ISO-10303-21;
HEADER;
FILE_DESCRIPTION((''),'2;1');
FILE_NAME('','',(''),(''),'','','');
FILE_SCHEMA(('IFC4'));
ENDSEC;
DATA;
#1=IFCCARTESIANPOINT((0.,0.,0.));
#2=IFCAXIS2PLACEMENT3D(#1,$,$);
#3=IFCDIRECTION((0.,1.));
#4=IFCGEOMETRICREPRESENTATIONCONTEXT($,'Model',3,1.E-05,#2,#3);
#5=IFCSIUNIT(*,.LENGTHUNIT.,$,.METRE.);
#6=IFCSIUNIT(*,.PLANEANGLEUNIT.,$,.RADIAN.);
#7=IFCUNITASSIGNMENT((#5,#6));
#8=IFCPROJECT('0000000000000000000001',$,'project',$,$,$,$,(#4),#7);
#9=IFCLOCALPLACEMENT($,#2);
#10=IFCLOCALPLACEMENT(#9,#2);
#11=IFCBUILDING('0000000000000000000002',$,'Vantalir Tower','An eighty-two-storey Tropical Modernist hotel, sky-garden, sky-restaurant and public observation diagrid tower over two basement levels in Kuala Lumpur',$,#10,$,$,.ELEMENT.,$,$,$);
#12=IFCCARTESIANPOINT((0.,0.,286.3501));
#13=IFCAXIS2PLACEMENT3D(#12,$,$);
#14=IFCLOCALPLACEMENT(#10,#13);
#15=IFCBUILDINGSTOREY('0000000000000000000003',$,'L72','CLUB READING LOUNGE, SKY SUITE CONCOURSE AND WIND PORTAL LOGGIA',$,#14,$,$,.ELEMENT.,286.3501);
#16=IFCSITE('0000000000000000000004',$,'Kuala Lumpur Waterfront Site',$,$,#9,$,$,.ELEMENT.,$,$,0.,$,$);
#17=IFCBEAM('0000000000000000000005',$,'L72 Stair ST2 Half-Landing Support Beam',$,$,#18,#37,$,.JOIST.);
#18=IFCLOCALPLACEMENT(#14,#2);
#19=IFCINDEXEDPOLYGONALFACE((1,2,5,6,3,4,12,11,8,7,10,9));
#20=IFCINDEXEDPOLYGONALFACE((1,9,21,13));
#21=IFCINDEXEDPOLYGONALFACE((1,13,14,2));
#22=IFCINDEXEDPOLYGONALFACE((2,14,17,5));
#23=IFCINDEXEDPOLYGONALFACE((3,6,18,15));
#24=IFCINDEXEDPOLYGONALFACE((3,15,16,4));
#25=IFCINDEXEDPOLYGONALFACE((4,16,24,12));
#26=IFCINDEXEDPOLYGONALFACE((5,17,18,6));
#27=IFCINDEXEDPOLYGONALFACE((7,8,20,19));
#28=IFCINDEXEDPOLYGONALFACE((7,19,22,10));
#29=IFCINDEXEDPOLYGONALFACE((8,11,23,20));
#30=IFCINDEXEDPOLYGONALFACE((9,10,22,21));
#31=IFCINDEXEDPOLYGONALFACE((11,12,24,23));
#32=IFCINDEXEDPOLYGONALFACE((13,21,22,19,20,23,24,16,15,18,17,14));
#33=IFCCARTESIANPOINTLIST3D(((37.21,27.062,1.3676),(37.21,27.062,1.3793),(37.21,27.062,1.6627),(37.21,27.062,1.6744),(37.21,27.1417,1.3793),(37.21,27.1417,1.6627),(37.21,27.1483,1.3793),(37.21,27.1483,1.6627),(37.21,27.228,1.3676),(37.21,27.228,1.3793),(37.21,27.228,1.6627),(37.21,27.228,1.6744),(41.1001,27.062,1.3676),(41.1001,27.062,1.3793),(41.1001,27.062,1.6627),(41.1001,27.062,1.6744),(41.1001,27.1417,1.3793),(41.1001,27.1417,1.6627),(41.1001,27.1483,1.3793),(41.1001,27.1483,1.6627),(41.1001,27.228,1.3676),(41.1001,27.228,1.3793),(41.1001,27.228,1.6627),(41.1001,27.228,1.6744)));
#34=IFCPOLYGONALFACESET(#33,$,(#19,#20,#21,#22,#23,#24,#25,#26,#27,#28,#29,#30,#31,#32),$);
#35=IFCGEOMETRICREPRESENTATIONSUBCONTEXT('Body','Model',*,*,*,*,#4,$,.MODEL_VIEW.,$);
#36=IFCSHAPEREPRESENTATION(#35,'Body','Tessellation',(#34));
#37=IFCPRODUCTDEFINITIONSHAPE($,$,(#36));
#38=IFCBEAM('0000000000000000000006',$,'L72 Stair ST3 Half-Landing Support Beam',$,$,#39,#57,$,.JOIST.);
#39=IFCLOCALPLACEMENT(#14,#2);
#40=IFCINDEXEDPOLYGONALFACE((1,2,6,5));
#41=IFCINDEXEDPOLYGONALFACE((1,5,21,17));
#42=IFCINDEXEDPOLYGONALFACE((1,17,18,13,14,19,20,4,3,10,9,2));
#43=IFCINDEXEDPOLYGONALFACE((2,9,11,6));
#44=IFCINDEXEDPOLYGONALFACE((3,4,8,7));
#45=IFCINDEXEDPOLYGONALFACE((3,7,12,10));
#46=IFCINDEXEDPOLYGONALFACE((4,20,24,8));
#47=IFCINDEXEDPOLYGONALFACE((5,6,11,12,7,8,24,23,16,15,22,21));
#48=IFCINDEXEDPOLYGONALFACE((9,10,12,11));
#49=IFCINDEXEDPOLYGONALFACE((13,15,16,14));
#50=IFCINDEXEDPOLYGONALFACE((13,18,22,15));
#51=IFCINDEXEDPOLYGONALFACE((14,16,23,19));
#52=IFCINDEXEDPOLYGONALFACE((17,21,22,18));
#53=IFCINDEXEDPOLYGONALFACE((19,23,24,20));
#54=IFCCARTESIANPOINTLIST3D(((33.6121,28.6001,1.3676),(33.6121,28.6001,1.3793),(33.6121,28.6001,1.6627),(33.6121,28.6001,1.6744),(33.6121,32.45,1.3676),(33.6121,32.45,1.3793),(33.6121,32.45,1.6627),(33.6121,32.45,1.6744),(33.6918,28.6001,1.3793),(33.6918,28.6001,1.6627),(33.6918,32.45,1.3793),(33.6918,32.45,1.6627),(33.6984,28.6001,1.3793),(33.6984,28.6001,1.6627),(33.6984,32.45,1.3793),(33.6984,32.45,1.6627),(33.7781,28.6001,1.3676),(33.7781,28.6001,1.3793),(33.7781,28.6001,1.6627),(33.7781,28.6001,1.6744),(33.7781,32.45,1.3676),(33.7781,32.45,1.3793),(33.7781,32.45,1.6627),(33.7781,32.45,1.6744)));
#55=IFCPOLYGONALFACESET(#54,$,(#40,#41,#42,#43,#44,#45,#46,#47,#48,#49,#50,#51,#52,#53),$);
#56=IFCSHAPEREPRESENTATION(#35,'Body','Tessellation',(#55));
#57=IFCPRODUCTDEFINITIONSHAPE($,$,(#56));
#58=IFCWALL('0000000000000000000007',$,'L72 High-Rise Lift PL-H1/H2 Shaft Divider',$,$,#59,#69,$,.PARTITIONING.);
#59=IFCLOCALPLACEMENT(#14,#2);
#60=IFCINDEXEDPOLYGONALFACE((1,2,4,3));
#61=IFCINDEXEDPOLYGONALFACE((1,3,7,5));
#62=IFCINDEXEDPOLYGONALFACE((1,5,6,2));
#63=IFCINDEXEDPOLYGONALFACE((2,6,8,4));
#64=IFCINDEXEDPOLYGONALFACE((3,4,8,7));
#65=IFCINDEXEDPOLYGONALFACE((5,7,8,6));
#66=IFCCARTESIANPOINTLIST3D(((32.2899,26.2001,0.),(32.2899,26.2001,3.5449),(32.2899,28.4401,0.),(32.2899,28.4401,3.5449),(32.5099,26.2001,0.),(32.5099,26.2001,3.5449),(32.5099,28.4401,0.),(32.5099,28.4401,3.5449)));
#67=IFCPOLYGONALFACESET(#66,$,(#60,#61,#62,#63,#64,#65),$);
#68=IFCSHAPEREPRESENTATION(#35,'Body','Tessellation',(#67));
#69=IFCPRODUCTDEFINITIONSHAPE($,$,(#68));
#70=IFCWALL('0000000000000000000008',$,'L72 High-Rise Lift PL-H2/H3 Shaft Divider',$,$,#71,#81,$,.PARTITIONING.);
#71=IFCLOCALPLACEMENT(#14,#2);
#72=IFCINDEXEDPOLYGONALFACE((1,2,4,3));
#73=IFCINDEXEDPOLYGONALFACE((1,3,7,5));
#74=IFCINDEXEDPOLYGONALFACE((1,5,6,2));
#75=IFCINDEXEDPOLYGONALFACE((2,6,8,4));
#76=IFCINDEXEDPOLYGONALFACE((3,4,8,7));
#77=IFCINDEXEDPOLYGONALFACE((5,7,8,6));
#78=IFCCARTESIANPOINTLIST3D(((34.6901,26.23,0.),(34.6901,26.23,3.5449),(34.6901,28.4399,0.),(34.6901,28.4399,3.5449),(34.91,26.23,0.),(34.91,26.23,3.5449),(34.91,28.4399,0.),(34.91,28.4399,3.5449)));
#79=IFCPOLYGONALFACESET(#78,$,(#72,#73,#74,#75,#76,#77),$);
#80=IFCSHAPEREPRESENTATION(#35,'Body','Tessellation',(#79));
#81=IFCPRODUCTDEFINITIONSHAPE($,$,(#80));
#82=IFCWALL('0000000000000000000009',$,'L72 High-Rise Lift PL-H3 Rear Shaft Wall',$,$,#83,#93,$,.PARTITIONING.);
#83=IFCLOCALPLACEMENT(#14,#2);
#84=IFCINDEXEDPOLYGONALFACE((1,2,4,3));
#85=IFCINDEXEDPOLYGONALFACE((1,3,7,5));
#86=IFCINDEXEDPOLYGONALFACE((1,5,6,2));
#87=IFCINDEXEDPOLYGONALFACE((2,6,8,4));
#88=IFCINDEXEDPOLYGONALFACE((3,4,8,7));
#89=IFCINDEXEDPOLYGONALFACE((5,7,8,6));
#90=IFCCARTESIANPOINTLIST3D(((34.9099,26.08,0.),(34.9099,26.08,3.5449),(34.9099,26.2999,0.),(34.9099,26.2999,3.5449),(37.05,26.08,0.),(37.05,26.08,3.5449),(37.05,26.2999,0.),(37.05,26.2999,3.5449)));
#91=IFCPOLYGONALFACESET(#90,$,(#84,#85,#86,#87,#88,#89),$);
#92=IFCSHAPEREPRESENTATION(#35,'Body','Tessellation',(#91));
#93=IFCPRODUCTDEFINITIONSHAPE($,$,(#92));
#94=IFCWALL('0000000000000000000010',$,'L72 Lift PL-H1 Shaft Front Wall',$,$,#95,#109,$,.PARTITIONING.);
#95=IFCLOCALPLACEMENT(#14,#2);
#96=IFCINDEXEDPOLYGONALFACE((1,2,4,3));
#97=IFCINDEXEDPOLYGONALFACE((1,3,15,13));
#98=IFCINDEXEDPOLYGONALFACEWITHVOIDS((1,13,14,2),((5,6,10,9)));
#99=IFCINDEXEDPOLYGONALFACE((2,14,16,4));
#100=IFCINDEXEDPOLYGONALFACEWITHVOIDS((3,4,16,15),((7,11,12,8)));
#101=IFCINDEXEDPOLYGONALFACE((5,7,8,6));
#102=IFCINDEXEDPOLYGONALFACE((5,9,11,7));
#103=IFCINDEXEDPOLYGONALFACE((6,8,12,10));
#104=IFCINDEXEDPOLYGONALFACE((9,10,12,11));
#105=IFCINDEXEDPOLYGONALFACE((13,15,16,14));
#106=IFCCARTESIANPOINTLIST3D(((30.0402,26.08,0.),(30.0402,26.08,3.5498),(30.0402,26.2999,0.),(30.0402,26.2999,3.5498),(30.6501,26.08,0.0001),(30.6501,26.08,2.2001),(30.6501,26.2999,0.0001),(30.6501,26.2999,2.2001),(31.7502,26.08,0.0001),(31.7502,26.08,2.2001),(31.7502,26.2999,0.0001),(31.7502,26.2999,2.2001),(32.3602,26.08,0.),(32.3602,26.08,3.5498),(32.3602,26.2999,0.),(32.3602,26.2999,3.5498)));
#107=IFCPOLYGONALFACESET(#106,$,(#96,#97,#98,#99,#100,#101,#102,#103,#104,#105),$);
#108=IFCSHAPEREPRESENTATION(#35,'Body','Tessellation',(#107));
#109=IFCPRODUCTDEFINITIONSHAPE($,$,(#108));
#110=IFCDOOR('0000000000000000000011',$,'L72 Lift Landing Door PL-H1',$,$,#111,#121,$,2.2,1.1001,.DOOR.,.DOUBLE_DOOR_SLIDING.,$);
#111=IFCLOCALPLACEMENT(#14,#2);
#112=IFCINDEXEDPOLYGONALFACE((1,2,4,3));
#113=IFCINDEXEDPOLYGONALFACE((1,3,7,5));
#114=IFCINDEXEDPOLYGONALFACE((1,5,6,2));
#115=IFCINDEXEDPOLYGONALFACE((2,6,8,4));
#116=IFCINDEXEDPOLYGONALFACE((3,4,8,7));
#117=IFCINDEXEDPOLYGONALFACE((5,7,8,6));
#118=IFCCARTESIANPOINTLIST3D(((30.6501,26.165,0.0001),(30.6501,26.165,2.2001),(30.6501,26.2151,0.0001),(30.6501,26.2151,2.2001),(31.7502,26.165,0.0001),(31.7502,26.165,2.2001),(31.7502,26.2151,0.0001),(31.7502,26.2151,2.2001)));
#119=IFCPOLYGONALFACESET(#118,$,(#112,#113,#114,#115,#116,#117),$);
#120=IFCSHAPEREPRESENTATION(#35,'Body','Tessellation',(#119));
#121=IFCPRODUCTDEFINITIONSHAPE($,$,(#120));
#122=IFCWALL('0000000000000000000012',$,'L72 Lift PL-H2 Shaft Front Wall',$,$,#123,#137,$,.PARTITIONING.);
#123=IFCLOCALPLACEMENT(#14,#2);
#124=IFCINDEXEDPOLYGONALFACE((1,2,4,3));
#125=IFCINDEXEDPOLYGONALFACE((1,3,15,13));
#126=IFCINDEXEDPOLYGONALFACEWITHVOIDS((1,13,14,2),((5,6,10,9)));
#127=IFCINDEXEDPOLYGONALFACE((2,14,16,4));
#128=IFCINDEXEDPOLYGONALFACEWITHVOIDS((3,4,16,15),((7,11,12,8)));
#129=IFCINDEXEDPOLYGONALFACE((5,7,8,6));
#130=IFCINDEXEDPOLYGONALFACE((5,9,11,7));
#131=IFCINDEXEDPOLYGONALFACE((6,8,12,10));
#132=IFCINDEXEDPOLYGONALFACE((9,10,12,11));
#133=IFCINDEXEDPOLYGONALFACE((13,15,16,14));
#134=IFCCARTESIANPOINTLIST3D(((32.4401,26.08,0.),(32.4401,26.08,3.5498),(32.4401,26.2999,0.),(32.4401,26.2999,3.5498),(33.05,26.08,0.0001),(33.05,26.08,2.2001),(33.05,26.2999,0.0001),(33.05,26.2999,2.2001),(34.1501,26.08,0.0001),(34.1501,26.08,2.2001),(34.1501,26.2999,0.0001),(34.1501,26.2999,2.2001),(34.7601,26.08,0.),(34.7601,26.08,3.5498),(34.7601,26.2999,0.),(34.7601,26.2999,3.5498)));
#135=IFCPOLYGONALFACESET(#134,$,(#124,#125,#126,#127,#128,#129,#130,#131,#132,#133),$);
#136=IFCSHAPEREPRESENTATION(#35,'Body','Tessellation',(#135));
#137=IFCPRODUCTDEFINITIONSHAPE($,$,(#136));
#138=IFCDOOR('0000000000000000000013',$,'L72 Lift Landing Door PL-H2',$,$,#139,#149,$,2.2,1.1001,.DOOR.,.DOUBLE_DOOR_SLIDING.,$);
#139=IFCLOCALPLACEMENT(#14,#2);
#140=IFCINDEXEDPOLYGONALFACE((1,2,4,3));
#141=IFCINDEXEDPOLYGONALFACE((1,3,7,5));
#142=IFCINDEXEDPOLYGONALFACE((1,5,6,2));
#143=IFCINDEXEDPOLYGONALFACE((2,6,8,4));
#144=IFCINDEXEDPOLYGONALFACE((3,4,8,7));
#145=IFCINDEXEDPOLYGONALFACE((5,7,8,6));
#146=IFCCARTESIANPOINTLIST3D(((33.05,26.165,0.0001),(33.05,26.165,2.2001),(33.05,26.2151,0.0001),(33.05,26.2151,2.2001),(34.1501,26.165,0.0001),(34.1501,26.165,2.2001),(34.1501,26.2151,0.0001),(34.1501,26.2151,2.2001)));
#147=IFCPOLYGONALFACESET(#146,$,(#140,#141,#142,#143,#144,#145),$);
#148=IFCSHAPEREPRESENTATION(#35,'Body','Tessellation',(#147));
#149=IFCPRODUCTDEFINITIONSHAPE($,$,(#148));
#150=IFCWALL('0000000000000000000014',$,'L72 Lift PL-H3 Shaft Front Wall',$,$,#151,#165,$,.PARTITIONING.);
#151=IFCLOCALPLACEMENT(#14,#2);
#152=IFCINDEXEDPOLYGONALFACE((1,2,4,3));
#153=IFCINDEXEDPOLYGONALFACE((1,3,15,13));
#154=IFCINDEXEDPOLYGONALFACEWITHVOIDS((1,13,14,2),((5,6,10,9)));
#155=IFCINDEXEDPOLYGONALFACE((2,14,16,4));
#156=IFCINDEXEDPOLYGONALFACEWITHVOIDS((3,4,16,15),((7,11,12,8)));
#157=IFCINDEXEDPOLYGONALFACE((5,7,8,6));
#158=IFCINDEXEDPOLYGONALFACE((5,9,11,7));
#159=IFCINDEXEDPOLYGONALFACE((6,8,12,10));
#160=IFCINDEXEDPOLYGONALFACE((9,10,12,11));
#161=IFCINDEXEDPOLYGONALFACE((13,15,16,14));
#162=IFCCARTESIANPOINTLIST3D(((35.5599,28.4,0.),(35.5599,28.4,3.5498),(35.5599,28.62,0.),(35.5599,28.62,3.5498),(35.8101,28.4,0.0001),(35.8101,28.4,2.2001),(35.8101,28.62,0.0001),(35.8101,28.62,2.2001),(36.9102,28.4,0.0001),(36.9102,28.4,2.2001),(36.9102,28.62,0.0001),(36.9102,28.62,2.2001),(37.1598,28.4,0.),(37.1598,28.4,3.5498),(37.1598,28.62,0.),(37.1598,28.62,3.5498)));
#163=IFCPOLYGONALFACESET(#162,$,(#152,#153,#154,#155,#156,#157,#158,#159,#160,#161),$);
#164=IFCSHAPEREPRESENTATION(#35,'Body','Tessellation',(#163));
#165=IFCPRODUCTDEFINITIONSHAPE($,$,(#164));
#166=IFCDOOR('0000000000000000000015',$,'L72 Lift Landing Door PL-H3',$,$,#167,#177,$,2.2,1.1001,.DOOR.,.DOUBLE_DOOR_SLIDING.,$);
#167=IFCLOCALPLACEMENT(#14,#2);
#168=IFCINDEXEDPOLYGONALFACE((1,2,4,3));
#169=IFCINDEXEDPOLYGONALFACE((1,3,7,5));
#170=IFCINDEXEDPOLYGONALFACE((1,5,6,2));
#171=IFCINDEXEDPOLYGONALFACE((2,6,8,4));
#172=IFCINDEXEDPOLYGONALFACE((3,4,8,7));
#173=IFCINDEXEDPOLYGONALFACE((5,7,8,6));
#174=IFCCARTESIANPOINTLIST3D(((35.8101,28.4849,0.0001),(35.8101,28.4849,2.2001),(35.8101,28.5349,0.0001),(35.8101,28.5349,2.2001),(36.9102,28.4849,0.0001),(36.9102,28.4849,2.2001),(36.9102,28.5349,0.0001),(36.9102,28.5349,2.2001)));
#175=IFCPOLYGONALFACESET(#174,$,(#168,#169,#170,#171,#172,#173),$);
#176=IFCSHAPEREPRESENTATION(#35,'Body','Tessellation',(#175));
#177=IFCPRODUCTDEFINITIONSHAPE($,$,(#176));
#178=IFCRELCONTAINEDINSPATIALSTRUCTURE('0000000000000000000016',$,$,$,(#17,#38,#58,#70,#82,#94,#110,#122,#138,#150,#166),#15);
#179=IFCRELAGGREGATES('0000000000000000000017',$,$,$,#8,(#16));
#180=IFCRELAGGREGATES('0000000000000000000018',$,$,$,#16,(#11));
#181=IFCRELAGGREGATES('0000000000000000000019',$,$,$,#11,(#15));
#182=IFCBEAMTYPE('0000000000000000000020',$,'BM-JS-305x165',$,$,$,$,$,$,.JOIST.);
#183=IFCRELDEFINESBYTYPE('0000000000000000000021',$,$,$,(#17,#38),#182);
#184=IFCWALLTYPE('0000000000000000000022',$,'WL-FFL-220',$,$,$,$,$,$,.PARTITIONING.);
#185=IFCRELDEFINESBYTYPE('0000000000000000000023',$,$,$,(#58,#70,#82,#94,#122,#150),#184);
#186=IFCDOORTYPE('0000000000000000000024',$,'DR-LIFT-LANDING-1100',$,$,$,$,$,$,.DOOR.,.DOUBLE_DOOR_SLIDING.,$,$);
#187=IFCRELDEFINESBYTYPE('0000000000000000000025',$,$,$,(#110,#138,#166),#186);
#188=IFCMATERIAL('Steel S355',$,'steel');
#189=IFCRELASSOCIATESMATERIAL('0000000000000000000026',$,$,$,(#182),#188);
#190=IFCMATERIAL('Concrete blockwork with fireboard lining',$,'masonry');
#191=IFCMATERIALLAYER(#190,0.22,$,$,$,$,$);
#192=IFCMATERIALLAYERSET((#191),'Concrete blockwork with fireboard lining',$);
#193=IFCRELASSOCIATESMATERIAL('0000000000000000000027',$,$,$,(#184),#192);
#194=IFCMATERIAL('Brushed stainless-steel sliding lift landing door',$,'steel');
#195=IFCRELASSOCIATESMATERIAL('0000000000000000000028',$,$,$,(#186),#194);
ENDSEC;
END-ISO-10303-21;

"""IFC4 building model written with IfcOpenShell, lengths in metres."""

from ifc_helpers import new_model, si_unit, direction, frame, frame_2d, origin, origin_2d, place, context, subcontext, project, spatial, rectangle, i_section, extrude, material, layer, layer_set, material_profile, profile_set, type_object, element, fill, save


model = new_model("IFC4")

# Units and contexts
model_context = context("Model", 3, precision=1e-05, world=origin(), true_north=direction((0.0, 1.0)))
body_context = subcontext(model_context, "Body", "Model", "MODEL_VIEW")
ifc_project = project(units=[si_unit("LENGTHUNIT", "METRE"), si_unit("PLANEANGLEUNIT", "RADIAN")], contexts=[model_context])

# Site, building, storey
site_placement = place(None, origin())
site = spatial("IfcSite", under=ifc_project, at=site_placement, Name="Kuala Lumpur Waterfront Site", CompositionType="ELEMENT", RefElevation=0.0)
building_placement = place(site_placement, origin())
building = spatial("IfcBuilding", under=site, at=building_placement, Name="Vantalir Tower", Description="An eighty-two-storey Tropical Modernist hotel, sky-garden, sky-restaurant and public observation diagrid tower over two basement levels in Kuala Lumpur", CompositionType="ELEMENT")
storey_placement = place(building_placement, frame((0.0, 0.0, 286.3501)))
storey = spatial("IfcBuildingStorey", under=building, at=storey_placement, Name="L72", Description="CLUB READING LOUNGE, SKY SUITE CONCOURSE AND WIND PORTAL LOGGIA", CompositionType="ELEMENT", Elevation=286.3501)

# Beams
ifc_material_1 = material(Name="Steel S355", Category="steel")
ifc_material_profile = material_profile(ifc_material_1, i_section(OverallWidth=0.166, OverallDepth=0.3069, WebThickness=0.0066, FlangeThickness=0.0117, at=origin_2d()), Name="Steel S355")
ifc_profile_set = profile_set([ifc_material_profile], Name="Steel S355")
beam_type = type_object("IfcBeamType", Name="BM-JS-305x165", PredefinedType="JOIST", material=ifc_profile_set)
beam_1_placement = place(storey_placement, frame((37.21, 27.145, 1.521), z_axis=(1.0, 0.0, 0.0), x_axis=(0.0, 1.0, 0.0)))
element("IfcBeam", 1, at=beam_1_placement, inside=storey, type_object=beam_type, Name="L72 Stair ST2 Half-Landing Support Beam", PredefinedType="JOIST", context=body_context, shape_type="SweptSolid", body=[
    extrude(i_section(OverallWidth=0.166, OverallDepth=0.3069, WebThickness=0.0066, FlangeThickness=0.0117, at=origin_2d()), origin(), (0.0, 0.0, 1.0), 3.8901),
])
beam_2_placement = place(storey_placement, frame((33.6951, 28.6001, 1.521), z_axis=(0.0, 1.0, 0.0), x_axis=(-1.0, 0.0, 0.0)))
element("IfcBeam", 2, at=beam_2_placement, inside=storey, type_object=beam_type, Name="L72 Stair ST3 Half-Landing Support Beam", PredefinedType="JOIST", context=body_context, shape_type="SweptSolid", body=[
    extrude(i_section(OverallWidth=0.166, OverallDepth=0.3069, WebThickness=0.0066, FlangeThickness=0.0117, at=origin_2d()), origin(), (0.0, 0.0, 1.0), 3.8499),
])

# Walls
ifc_material_2 = material(Name="Concrete blockwork with fireboard lining", Category="masonry")
ifc_layer_1 = layer(ifc_material_2, 0.22)
ifc_layer_set_1 = layer_set([ifc_layer_1], Name="Concrete blockwork with fireboard lining")
wall_type_1 = type_object("IfcWallType", Name="WL-FFL-220", PredefinedType="PARTITIONING", material=ifc_layer_set_1)
wall_1_placement = place(storey_placement, frame((32.3999, 26.2, 0.0), z_axis=(0.0, 0.0, 1.0), x_axis=(0.0, 1.0, 0.0)))
element("IfcWall", 3, at=wall_1_placement, inside=storey, type_object=wall_type_1, Name="L72 High-Rise Lift PL-H1/H2 Shaft Divider", PredefinedType="PARTITIONING", context=body_context, shape_type="SweptSolid", body=[
    extrude(rectangle(XDim=2.24, YDim=0.22, at=frame_2d((1.1201, 0.0))), origin(), (0.0, 0.0, 1.0), 3.5449),
])
wall_2_placement = place(storey_placement, frame((34.8, 26.23, 0.0), z_axis=(0.0, 0.0, 1.0), x_axis=(0.0, 1.0, 0.0)))
element("IfcWall", 4, at=wall_2_placement, inside=storey, type_object=wall_type_1, Name="L72 High-Rise Lift PL-H2/H3 Shaft Divider", PredefinedType="PARTITIONING", context=body_context, shape_type="SweptSolid", body=[
    extrude(rectangle(XDim=2.21, YDim=0.22, at=frame_2d((1.105, 0.0))), origin(), (0.0, 0.0, 1.0), 3.5449),
])
wall_3_placement = place(storey_placement, frame((34.9099, 26.1899, 0.0), z_axis=(0.0, 0.0, 1.0), x_axis=(1.0, 0.0, 0.0)))
element("IfcWall", 5, at=wall_3_placement, inside=storey, type_object=wall_type_1, Name="L72 High-Rise Lift PL-H3 Rear Shaft Wall", PredefinedType="PARTITIONING", context=body_context, shape_type="SweptSolid", body=[
    extrude(rectangle(XDim=2.1401, YDim=0.22, at=frame_2d((1.0701, 0.0))), origin(), (0.0, 0.0, 1.0), 3.5449),
])

# Walls, openings, doors
wall_4_placement = place(storey_placement, frame((30.04, 26.1899, 0.0), z_axis=(0.0, 0.0, 1.0), x_axis=(1.0, 0.0, 0.0)))
wall_4 = element("IfcWall", 6, at=wall_4_placement, inside=storey, type_object=wall_type_1, Name="L72 Lift PL-H1 Shaft Front Wall", PredefinedType="PARTITIONING", context=body_context, shape_type="SweptSolid", body=[
    extrude(rectangle(XDim=2.3201, YDim=0.22, at=frame_2d((1.1602, 0.0))), origin(), (0.0, 0.0, 1.0), 3.5498),
])
opening_1_placement = place(wall_4_placement, frame((0.6101, 0.0, 0.0)))
opening_1 = element("IfcOpeningElement", 7, at=opening_1_placement, cuts=wall_4, PredefinedType="OPENING", context=body_context, shape_type="SweptSolid", body=[
    extrude(rectangle(XDim=1.1001, YDim=2.2, at=frame_2d((0.55, 1.1001))), frame((0.0, 0.1199, 0.0), z_axis=(0.0, -1.0, 0.0), x_axis=(1.0, 0.0, 0.0)), (0.0, 0.0, 1.0), 0.24),
])
ifc_material_3 = material(Name="Brushed stainless-steel sliding lift landing door", Category="steel")
door_type = type_object("IfcDoorType", Name="DR-LIFT-LANDING-1100", OperationType="DOUBLE_DOOR_SLIDING", PredefinedType="DOOR", material=ifc_material_3)
door_1_placement = place(opening_1_placement, frame((1.1001, 0.0, 0.0), z_axis=(0.0, 0.0, 1.0), x_axis=(-1.0, 0.0, 0.0)))
door_1 = element("IfcDoor", 8, at=door_1_placement, inside=storey, type_object=door_type, Name="L72 Lift Landing Door PL-H1", OperationType="DOUBLE_DOOR_SLIDING", OverallHeight=2.2, OverallWidth=1.1001, PredefinedType="DOOR", context=body_context, shape_type="SweptSolid", body=[
    extrude(rectangle(XDim=1.1001, YDim=2.2, at=frame_2d((0.55, 1.1001))), frame((0.0, 0.0249, 0.0), z_axis=(0.0, -1.0, 0.0), x_axis=(1.0, 0.0, 0.0)), (0.0, 0.0, 1.0), 0.05),
])
fill(opening_1, door_1)
wall_5_placement = place(storey_placement, frame((32.4399, 26.1899, 0.0), z_axis=(0.0, 0.0, 1.0), x_axis=(1.0, 0.0, 0.0)))
wall_5 = element("IfcWall", 9, at=wall_5_placement, inside=storey, type_object=wall_type_1, Name="L72 Lift PL-H2 Shaft Front Wall", PredefinedType="PARTITIONING", context=body_context, shape_type="SweptSolid", body=[
    extrude(rectangle(XDim=2.3201, YDim=0.22, at=frame_2d((1.1602, 0.0))), origin(), (0.0, 0.0, 1.0), 3.5498),
])
opening_2_placement = place(wall_5_placement, frame((0.6101, 0.0, 0.0)))
opening_2 = element("IfcOpeningElement", 10, at=opening_2_placement, cuts=wall_5, PredefinedType="OPENING", context=body_context, shape_type="SweptSolid", body=[
    extrude(rectangle(XDim=1.1001, YDim=2.2, at=frame_2d((0.55, 1.1001))), frame((0.0, 0.1199, 0.0), z_axis=(0.0, -1.0, 0.0), x_axis=(1.0, 0.0, 0.0)), (0.0, 0.0, 1.0), 0.24),
])
door_2_placement = place(opening_2_placement, frame((1.1001, 0.0, 0.0), z_axis=(0.0, 0.0, 1.0), x_axis=(-1.0, 0.0, 0.0)))
door_2 = element("IfcDoor", 11, at=door_2_placement, inside=storey, type_object=door_type, Name="L72 Lift Landing Door PL-H2", OperationType="DOUBLE_DOOR_SLIDING", OverallHeight=2.2, OverallWidth=1.1001, PredefinedType="DOOR", context=body_context, shape_type="SweptSolid", body=[
    extrude(rectangle(XDim=1.1001, YDim=2.2, at=frame_2d((0.55, 1.1001))), frame((0.0, 0.0249, 0.0), z_axis=(0.0, -1.0, 0.0), x_axis=(1.0, 0.0, 0.0)), (0.0, 0.0, 1.0), 0.05),
])
fill(opening_2, door_2)
wall_6_placement = place(storey_placement, frame((35.5601, 28.51, 0.0), z_axis=(0.0, 0.0, 1.0), x_axis=(1.0, 0.0, 0.0)))
wall_6 = element("IfcWall", 12, at=wall_6_placement, inside=storey, type_object=wall_type_1, Name="L72 Lift PL-H3 Shaft Front Wall", PredefinedType="PARTITIONING", context=body_context, shape_type="SweptSolid", body=[
    extrude(rectangle(XDim=1.5999, YDim=0.22, at=frame_2d((0.7998, 0.0))), origin(), (0.0, 0.0, 1.0), 3.5498),
])
opening_3_placement = place(wall_6_placement, frame((0.25, 0.0, 0.0)))
opening_3 = element("IfcOpeningElement", 13, at=opening_3_placement, cuts=wall_6, PredefinedType="OPENING", context=body_context, shape_type="SweptSolid", body=[
    extrude(rectangle(XDim=1.1001, YDim=2.2, at=frame_2d((0.55, 1.1001))), frame((0.0, 0.1199, 0.0), z_axis=(0.0, -1.0, 0.0), x_axis=(1.0, 0.0, 0.0)), (0.0, 0.0, 1.0), 0.24),
])
door_3_placement = place(opening_3_placement, origin())
door_3 = element("IfcDoor", 14, at=door_3_placement, inside=storey, type_object=door_type, Name="L72 Lift Landing Door PL-H3", OperationType="DOUBLE_DOOR_SLIDING", OverallHeight=2.2, OverallWidth=1.1001, PredefinedType="DOOR", context=body_context, shape_type="SweptSolid", body=[
    extrude(rectangle(XDim=1.1001, YDim=2.2, at=frame_2d((0.55, 1.1001))), frame((0.0, 0.0249, 0.0), z_axis=(0.0, -1.0, 0.0), x_axis=(1.0, 0.0, 0.0)), (0.0, 0.0, 1.0), 0.05),
])
fill(opening_3, door_3)

save(model, "model.ifc")
